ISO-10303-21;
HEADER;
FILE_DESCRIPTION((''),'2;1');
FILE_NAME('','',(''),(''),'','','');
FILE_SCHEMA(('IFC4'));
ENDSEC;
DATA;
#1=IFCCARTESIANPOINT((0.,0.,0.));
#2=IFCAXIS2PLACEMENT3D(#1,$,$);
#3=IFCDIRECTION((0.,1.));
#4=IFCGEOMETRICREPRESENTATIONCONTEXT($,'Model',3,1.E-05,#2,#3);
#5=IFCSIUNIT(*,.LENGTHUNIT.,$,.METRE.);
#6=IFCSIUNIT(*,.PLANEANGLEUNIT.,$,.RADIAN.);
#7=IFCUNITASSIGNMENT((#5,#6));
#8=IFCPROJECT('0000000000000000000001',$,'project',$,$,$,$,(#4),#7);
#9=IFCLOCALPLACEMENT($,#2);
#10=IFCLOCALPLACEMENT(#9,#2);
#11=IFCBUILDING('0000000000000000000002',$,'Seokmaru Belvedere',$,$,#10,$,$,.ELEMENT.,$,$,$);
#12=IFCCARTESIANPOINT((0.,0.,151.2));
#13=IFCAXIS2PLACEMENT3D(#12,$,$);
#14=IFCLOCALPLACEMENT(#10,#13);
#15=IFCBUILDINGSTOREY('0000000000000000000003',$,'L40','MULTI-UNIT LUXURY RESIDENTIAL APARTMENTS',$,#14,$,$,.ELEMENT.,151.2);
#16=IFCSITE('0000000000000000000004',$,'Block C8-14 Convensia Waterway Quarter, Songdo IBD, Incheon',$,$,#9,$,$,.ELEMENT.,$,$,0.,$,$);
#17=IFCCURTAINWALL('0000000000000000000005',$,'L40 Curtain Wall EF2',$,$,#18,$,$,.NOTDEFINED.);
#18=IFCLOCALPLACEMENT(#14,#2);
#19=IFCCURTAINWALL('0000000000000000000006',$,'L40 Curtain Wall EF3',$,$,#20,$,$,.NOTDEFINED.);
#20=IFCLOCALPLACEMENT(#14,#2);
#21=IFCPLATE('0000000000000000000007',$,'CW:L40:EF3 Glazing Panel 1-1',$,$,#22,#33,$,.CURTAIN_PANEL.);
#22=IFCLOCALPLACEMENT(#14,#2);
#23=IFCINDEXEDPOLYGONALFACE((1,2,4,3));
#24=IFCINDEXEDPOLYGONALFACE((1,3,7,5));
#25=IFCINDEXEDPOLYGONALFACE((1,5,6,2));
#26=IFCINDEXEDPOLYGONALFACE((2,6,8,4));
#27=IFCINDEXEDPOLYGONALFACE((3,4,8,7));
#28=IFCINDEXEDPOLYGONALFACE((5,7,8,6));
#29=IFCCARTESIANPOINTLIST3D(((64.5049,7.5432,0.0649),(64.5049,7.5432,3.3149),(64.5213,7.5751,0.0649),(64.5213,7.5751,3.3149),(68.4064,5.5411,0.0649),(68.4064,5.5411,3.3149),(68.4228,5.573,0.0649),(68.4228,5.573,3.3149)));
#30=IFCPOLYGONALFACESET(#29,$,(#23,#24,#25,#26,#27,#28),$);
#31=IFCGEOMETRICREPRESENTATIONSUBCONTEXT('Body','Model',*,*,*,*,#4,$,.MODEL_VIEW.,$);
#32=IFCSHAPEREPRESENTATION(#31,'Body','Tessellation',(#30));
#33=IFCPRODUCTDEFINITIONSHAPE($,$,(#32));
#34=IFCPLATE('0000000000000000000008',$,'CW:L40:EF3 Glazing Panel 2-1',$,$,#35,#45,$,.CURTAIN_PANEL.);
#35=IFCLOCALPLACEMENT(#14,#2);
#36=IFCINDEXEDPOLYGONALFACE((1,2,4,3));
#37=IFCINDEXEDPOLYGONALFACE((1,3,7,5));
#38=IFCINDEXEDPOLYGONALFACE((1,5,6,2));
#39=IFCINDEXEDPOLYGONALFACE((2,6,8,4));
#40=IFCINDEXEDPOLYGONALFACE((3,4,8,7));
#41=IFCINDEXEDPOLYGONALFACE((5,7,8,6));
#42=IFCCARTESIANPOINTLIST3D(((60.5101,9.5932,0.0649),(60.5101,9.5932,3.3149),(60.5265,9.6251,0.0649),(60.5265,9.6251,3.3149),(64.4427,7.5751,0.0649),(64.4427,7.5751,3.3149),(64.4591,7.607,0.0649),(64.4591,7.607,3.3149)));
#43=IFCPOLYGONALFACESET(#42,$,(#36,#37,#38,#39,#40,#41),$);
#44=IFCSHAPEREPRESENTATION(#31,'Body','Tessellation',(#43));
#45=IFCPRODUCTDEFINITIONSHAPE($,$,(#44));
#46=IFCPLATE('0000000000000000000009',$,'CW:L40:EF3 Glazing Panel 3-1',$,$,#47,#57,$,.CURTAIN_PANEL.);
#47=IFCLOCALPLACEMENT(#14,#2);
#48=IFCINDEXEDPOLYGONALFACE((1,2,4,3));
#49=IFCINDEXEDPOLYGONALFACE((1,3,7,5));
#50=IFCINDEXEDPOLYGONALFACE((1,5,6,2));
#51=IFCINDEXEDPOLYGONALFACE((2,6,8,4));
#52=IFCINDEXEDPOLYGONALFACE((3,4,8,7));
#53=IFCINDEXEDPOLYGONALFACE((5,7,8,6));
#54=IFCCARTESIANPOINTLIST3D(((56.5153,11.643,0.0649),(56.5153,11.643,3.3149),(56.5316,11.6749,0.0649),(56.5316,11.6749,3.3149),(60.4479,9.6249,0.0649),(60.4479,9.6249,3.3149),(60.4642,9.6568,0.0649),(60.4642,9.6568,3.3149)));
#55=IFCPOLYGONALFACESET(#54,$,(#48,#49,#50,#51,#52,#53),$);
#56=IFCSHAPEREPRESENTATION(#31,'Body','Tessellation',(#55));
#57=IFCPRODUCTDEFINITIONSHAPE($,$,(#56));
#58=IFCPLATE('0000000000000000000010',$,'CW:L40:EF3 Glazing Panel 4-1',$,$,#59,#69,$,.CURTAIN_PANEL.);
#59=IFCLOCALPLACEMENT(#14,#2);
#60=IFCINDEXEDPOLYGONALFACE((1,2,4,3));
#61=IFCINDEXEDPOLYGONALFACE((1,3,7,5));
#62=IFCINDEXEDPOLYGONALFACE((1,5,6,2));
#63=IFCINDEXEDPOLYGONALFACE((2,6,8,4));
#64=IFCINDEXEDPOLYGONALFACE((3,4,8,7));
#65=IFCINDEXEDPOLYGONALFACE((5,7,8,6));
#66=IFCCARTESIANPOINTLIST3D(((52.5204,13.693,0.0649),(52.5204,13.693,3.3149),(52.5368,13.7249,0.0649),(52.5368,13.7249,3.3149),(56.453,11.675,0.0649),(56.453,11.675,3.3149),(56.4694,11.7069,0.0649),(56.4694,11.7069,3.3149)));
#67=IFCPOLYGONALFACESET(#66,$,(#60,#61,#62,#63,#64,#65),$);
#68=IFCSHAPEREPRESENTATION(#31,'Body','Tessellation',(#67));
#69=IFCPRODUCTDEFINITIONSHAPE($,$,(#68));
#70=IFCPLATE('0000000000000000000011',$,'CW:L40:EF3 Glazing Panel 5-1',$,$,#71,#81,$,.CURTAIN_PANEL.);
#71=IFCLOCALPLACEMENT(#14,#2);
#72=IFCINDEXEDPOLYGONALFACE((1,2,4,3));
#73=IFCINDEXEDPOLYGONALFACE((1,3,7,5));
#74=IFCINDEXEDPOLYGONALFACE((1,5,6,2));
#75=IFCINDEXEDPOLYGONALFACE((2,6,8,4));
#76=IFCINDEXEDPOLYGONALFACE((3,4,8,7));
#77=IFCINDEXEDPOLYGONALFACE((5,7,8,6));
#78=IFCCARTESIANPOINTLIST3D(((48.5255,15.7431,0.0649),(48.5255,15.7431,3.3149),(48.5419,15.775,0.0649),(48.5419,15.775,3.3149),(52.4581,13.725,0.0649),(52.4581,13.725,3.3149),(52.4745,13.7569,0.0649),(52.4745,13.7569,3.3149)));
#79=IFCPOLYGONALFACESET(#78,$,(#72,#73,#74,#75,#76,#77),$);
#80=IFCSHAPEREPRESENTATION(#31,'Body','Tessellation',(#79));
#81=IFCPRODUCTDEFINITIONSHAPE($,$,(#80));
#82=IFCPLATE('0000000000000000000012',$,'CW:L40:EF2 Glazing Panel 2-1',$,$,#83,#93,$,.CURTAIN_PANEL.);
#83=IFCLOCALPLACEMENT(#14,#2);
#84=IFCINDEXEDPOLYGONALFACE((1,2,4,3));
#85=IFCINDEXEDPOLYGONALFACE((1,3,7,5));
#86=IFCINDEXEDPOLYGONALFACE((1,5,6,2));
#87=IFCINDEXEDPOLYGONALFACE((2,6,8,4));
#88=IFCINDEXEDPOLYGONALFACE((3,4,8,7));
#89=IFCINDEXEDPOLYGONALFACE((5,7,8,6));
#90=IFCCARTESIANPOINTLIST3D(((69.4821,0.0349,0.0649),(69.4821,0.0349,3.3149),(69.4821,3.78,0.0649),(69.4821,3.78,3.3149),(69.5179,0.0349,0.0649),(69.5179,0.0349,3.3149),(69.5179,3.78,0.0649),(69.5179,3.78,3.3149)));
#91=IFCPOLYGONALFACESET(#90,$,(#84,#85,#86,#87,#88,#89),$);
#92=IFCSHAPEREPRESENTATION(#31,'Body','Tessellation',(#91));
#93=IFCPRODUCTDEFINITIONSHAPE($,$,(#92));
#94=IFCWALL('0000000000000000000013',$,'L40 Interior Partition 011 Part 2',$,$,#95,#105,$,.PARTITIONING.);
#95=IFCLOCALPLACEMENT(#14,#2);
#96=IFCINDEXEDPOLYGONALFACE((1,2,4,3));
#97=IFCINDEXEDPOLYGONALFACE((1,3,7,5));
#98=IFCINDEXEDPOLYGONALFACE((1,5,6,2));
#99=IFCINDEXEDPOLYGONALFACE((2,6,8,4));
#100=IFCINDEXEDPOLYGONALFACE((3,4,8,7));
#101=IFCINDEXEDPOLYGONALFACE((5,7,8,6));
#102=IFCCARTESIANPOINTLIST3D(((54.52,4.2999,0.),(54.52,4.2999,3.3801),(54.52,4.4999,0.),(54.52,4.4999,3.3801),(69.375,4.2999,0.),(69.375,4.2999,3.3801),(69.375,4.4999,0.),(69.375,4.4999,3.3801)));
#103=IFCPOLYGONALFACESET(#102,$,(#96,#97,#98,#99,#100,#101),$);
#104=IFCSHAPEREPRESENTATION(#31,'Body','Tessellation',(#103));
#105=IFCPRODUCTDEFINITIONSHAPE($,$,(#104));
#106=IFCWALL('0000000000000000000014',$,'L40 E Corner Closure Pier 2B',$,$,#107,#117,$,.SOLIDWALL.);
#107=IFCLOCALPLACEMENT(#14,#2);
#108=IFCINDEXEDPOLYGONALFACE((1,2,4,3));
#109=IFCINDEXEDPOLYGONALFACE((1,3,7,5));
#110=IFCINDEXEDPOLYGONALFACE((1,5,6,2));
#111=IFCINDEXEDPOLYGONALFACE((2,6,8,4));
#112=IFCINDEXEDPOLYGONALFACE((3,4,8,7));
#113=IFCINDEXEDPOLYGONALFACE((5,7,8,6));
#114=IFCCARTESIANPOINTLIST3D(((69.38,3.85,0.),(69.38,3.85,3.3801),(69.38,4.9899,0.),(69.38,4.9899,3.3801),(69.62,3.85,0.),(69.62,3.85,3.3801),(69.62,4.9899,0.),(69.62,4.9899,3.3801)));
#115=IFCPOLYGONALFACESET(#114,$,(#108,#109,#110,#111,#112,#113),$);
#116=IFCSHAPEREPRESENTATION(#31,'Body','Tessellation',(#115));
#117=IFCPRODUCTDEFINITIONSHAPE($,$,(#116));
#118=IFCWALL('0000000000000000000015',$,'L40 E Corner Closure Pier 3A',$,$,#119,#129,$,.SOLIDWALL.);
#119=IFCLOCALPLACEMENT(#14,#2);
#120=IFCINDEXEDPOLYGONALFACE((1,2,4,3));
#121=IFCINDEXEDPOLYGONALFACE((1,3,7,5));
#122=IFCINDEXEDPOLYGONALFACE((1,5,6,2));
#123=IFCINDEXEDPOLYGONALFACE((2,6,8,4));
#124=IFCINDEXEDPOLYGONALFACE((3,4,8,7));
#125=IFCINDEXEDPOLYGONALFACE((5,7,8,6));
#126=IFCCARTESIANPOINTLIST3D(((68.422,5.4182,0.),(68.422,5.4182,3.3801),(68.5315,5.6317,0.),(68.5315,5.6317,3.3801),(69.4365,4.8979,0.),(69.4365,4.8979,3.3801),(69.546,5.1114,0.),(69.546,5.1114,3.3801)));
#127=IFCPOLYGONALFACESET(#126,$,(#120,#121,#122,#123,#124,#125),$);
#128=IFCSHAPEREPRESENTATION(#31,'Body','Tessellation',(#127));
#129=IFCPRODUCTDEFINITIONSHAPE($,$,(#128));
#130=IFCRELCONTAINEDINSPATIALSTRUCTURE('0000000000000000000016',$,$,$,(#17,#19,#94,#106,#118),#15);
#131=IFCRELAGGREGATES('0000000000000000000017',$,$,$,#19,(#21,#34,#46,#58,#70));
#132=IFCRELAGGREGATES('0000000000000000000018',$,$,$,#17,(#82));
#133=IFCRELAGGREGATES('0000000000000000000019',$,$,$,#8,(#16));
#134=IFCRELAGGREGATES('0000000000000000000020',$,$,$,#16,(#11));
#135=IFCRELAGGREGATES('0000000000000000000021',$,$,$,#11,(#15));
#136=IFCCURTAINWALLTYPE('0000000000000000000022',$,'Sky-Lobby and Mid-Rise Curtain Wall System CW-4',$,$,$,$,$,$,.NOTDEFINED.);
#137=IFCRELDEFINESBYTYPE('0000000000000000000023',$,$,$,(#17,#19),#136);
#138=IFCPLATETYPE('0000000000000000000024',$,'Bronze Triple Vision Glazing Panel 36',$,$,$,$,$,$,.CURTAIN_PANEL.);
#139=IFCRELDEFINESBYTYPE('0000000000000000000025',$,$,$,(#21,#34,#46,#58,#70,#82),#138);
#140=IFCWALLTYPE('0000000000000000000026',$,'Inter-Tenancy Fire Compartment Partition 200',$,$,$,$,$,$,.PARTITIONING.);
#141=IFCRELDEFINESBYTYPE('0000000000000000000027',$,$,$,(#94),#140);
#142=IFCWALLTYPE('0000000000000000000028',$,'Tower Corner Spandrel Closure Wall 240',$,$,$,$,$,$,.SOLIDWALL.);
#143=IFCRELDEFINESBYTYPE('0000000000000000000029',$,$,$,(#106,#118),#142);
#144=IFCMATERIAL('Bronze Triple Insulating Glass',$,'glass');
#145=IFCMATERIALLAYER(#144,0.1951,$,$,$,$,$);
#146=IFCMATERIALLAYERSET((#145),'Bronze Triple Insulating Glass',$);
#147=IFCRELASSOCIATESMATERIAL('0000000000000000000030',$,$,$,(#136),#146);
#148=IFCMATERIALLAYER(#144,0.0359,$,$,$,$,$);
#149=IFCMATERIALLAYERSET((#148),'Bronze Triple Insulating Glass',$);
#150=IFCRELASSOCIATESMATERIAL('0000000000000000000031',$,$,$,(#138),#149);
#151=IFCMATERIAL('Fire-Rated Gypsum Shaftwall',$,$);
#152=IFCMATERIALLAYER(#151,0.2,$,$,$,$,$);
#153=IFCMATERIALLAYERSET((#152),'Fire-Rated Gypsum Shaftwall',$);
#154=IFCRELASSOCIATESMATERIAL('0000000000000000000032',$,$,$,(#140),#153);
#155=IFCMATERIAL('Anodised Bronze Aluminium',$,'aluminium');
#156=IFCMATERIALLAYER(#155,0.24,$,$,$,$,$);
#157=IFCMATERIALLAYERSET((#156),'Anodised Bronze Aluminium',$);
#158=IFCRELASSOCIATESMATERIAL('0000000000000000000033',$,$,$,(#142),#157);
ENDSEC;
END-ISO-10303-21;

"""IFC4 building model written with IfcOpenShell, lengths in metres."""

from ifc_helpers import new_model, si_unit, direction, frame, frame_2d, origin, origin_2d, place, context, subcontext, project, spatial, rectangle, extrude, source, transform, mapped, material, layer, layer_set, type_object, type_shapes, element, aggregate, save


model = new_model("IFC4")

# Units and contexts
model_context = context("Model", 3, precision=1e-05, world=origin(), true_north=direction((0.0, 1.0)))
body_context = subcontext(model_context, "Body", "Model", "MODEL_VIEW")
ifc_project = project(units=[si_unit("LENGTHUNIT", "METRE"), si_unit("PLANEANGLEUNIT", "RADIAN")], contexts=[model_context])

# Site, building, storey
site_placement = place(None, origin())
site = spatial("IfcSite", under=ifc_project, at=site_placement, Name="Block C8-14 Convensia Waterway Quarter, Songdo IBD, Incheon", CompositionType="ELEMENT", RefElevation=0.0)
building_placement = place(site_placement, origin())
building = spatial("IfcBuilding", under=site, at=building_placement, Name="Seokmaru Belvedere", CompositionType="ELEMENT")
storey_placement = place(building_placement, frame((0.0, 0.0, 151.2)))
storey = spatial("IfcBuildingStorey", under=building, at=storey_placement, Name="L40", Description="MULTI-UNIT LUXURY RESIDENTIAL APARTMENTS", CompositionType="ELEMENT", Elevation=151.2)

# Curtain walls
ifc_material_1 = material(Name="Bronze Triple Insulating Glass", Category="glass")
ifc_layer_1 = layer(ifc_material_1, 0.1951)
ifc_layer_set_1 = layer_set([ifc_layer_1], Name="Bronze Triple Insulating Glass")
curtain_wall_type = type_object("IfcCurtainWallType", Name="Sky-Lobby and Mid-Rise Curtain Wall System CW-4", PredefinedType="NOTDEFINED", material=ifc_layer_set_1)
curtain_wall_1_placement = place(storey_placement, origin())
curtain_wall_1 = element("IfcCurtainWall", 1, at=curtain_wall_1_placement, inside=storey, type_object=curtain_wall_type, Name="L40 Curtain Wall EF2", PredefinedType="NOTDEFINED")
ifc_material_2 = material(Name="Anodised Bronze Aluminium", Category="aluminium")
curtain_wall_2_placement = place(storey_placement, origin())
curtain_wall_2 = element("IfcCurtainWall", 2, at=curtain_wall_2_placement, inside=storey, type_object=curtain_wall_type, Name="L40 Curtain Wall EF3", PredefinedType="NOTDEFINED")

# Plates
ifc_layer_2 = layer(ifc_material_1, 0.0359)
ifc_layer_set_2 = layer_set([ifc_layer_2], Name="Bronze Triple Insulating Glass")
plate_type = type_object("IfcPlateType", Name="Bronze Triple Vision Glazing Panel 36", PredefinedType="CURTAIN_PANEL", material=ifc_layer_set_2)
shared_shape_1 = source(origin(), body_context, "Body", "SweptSolid", [
    extrude(rectangle(XDim=4.3853, YDim=0.0359, at=origin_2d()), origin(), (0.0, 0.0, 1.0), 3.25),
])
plate_1_placement = place(storey_placement, frame((66.4639, 6.5581, 0.0649), z_axis=(0.0, 0.0, 1.0), x_axis=(-0.889695, 0.456555, 0.0)))
plate_1 = element("IfcPlate", 3, at=plate_1_placement, type_object=plate_type, Name="CW:L40:EF3 Glazing Panel 1-1", PredefinedType="CURTAIN_PANEL", context=body_context, shape_type="MappedRepresentation", body=[
    mapped(shared_shape_1, transform((0.0, 0.0, 0.0), scale=1.0)),
])
shared_shape_2 = source(origin(), body_context, "Body", "SweptSolid", [
    extrude(rectangle(XDim=4.4202, YDim=0.0359, at=origin_2d()), origin(), (0.0, 0.0, 1.0), 3.25),
])
plate_2_placement = place(storey_placement, frame((62.4846, 8.6001, 0.0649), z_axis=(0.0, 0.0, 1.0), x_axis=(-0.889695, 0.456555, 0.0)))
plate_2 = element("IfcPlate", 4, at=plate_2_placement, type_object=plate_type, Name="CW:L40:EF3 Glazing Panel 2-1", PredefinedType="CURTAIN_PANEL", context=body_context, shape_type="MappedRepresentation", body=[
    mapped(shared_shape_2, transform((0.0, 0.0, 0.0), scale=1.0)),
])
plate_3_placement = place(storey_placement, frame((58.4897, 10.6499, 0.0649), z_axis=(0.0, 0.0, 1.0), x_axis=(-0.889695, 0.456555, 0.0)))
plate_3 = element("IfcPlate", 5, at=plate_3_placement, type_object=plate_type, Name="CW:L40:EF3 Glazing Panel 3-1", PredefinedType="CURTAIN_PANEL", context=body_context, shape_type="MappedRepresentation", body=[
    mapped(shared_shape_2, transform((0.0, 0.0, 0.0), scale=1.0)),
])
plate_4_placement = place(storey_placement, frame((54.4949, 12.7, 0.0649), z_axis=(0.0, 0.0, 1.0), x_axis=(-0.889695, 0.456555, 0.0)))
plate_4 = element("IfcPlate", 6, at=plate_4_placement, type_object=plate_type, Name="CW:L40:EF3 Glazing Panel 4-1", PredefinedType="CURTAIN_PANEL", context=body_context, shape_type="MappedRepresentation", body=[
    mapped(shared_shape_2, transform((0.0, 0.0, 0.0), scale=1.0)),
])
plate_5_placement = place(storey_placement, frame((50.5, 14.75, 0.0649), z_axis=(0.0, 0.0, 1.0), x_axis=(-0.889695, 0.456555, 0.0)))
plate_5 = element("IfcPlate", 7, at=plate_5_placement, type_object=plate_type, Name="CW:L40:EF3 Glazing Panel 5-1", PredefinedType="CURTAIN_PANEL", context=body_context, shape_type="MappedRepresentation", body=[
    mapped(shared_shape_2, transform((0.0, 0.0, 0.0), scale=1.0)),
])
aggregate(curtain_wall_2, [plate_1, plate_2, plate_3, plate_4, plate_5])
shared_shape_3 = source(origin(), body_context, "Body", "SweptSolid", [
    extrude(rectangle(XDim=3.7451, YDim=0.0359, at=origin_2d()), origin(), (0.0, 0.0, 1.0), 3.25),
])
type_shapes(plate_type, [shared_shape_1, shared_shape_2, shared_shape_3])
plate_6_placement = place(storey_placement, frame((69.5, 1.9075, 0.0649), z_axis=(0.0, 0.0, 1.0), x_axis=(0.0, 1.0, 0.0)))
plate_6 = element("IfcPlate", 8, at=plate_6_placement, type_object=plate_type, Name="CW:L40:EF2 Glazing Panel 2-1", PredefinedType="CURTAIN_PANEL", context=body_context, shape_type="MappedRepresentation", body=[
    mapped(shared_shape_3, transform((0.0, 0.0, 0.0), scale=1.0)),
])
aggregate(curtain_wall_1, [plate_6])

# Walls
ifc_material_3 = material(Name="Fire-Rated Gypsum Shaftwall")
ifc_layer_3 = layer(ifc_material_3, 0.2)
ifc_layer_set_3 = layer_set([ifc_layer_3], Name="Fire-Rated Gypsum Shaftwall")
wall_type_1 = type_object("IfcWallType", Name="Inter-Tenancy Fire Compartment Partition 200", PredefinedType="PARTITIONING", material=ifc_layer_set_3)
wall_1_placement = place(storey_placement, frame((54.52, 4.3999, 0.0), z_axis=(0.0, 0.0, 1.0), x_axis=(1.0, 0.0, 0.0)))
element("IfcWall", 9, at=wall_1_placement, inside=storey, type_object=wall_type_1, Name="L40 Interior Partition 011 Part 2", PredefinedType="PARTITIONING", context=body_context, shape_type="SweptSolid", body=[
    extrude(rectangle(XDim=14.855, YDim=0.2, at=frame_2d((7.4275, 0.0))), origin(), (0.0, 0.0, 1.0), 3.3801),
])
ifc_layer_4 = layer(ifc_material_2, 0.24)
ifc_layer_set_4 = layer_set([ifc_layer_4], Name="Anodised Bronze Aluminium")
wall_type_2 = type_object("IfcWallType", Name="Tower Corner Spandrel Closure Wall 240", PredefinedType="SOLIDWALL", material=ifc_layer_set_4)
wall_2_placement = place(storey_placement, frame((69.5, 3.8501, 0.0), z_axis=(0.0, 0.0, 1.0), x_axis=(0.0, 1.0, 0.0)))
element("IfcWall", 10, at=wall_2_placement, inside=storey, type_object=wall_type_2, Name="L40 E Corner Closure Pier 2B", PredefinedType="SOLIDWALL", context=body_context, shape_type="SweptSolid", body=[
    extrude(rectangle(XDim=1.1399, YDim=0.24, at=frame_2d((0.5698, 0.0))), origin(), (0.0, 0.0, 1.0), 3.3801),
])
wall_3_placement = place(storey_placement, frame((69.4912, 5.0046, 0.0), z_axis=(0.0, 0.0, 1.0), x_axis=(-0.889797, 0.456356, 0.0)))
element("IfcWall", 11, at=wall_3_placement, inside=storey, type_object=wall_type_2, Name="L40 E Corner Closure Pier 3A", PredefinedType="SOLIDWALL", context=body_context, shape_type="SweptSolid", body=[
    extrude(rectangle(XDim=1.1401, YDim=0.24, at=frame_2d((0.5701, 0.0))), origin(), (0.0, 0.0, 1.0), 3.3801),
])

save(model, "model.ifc")
